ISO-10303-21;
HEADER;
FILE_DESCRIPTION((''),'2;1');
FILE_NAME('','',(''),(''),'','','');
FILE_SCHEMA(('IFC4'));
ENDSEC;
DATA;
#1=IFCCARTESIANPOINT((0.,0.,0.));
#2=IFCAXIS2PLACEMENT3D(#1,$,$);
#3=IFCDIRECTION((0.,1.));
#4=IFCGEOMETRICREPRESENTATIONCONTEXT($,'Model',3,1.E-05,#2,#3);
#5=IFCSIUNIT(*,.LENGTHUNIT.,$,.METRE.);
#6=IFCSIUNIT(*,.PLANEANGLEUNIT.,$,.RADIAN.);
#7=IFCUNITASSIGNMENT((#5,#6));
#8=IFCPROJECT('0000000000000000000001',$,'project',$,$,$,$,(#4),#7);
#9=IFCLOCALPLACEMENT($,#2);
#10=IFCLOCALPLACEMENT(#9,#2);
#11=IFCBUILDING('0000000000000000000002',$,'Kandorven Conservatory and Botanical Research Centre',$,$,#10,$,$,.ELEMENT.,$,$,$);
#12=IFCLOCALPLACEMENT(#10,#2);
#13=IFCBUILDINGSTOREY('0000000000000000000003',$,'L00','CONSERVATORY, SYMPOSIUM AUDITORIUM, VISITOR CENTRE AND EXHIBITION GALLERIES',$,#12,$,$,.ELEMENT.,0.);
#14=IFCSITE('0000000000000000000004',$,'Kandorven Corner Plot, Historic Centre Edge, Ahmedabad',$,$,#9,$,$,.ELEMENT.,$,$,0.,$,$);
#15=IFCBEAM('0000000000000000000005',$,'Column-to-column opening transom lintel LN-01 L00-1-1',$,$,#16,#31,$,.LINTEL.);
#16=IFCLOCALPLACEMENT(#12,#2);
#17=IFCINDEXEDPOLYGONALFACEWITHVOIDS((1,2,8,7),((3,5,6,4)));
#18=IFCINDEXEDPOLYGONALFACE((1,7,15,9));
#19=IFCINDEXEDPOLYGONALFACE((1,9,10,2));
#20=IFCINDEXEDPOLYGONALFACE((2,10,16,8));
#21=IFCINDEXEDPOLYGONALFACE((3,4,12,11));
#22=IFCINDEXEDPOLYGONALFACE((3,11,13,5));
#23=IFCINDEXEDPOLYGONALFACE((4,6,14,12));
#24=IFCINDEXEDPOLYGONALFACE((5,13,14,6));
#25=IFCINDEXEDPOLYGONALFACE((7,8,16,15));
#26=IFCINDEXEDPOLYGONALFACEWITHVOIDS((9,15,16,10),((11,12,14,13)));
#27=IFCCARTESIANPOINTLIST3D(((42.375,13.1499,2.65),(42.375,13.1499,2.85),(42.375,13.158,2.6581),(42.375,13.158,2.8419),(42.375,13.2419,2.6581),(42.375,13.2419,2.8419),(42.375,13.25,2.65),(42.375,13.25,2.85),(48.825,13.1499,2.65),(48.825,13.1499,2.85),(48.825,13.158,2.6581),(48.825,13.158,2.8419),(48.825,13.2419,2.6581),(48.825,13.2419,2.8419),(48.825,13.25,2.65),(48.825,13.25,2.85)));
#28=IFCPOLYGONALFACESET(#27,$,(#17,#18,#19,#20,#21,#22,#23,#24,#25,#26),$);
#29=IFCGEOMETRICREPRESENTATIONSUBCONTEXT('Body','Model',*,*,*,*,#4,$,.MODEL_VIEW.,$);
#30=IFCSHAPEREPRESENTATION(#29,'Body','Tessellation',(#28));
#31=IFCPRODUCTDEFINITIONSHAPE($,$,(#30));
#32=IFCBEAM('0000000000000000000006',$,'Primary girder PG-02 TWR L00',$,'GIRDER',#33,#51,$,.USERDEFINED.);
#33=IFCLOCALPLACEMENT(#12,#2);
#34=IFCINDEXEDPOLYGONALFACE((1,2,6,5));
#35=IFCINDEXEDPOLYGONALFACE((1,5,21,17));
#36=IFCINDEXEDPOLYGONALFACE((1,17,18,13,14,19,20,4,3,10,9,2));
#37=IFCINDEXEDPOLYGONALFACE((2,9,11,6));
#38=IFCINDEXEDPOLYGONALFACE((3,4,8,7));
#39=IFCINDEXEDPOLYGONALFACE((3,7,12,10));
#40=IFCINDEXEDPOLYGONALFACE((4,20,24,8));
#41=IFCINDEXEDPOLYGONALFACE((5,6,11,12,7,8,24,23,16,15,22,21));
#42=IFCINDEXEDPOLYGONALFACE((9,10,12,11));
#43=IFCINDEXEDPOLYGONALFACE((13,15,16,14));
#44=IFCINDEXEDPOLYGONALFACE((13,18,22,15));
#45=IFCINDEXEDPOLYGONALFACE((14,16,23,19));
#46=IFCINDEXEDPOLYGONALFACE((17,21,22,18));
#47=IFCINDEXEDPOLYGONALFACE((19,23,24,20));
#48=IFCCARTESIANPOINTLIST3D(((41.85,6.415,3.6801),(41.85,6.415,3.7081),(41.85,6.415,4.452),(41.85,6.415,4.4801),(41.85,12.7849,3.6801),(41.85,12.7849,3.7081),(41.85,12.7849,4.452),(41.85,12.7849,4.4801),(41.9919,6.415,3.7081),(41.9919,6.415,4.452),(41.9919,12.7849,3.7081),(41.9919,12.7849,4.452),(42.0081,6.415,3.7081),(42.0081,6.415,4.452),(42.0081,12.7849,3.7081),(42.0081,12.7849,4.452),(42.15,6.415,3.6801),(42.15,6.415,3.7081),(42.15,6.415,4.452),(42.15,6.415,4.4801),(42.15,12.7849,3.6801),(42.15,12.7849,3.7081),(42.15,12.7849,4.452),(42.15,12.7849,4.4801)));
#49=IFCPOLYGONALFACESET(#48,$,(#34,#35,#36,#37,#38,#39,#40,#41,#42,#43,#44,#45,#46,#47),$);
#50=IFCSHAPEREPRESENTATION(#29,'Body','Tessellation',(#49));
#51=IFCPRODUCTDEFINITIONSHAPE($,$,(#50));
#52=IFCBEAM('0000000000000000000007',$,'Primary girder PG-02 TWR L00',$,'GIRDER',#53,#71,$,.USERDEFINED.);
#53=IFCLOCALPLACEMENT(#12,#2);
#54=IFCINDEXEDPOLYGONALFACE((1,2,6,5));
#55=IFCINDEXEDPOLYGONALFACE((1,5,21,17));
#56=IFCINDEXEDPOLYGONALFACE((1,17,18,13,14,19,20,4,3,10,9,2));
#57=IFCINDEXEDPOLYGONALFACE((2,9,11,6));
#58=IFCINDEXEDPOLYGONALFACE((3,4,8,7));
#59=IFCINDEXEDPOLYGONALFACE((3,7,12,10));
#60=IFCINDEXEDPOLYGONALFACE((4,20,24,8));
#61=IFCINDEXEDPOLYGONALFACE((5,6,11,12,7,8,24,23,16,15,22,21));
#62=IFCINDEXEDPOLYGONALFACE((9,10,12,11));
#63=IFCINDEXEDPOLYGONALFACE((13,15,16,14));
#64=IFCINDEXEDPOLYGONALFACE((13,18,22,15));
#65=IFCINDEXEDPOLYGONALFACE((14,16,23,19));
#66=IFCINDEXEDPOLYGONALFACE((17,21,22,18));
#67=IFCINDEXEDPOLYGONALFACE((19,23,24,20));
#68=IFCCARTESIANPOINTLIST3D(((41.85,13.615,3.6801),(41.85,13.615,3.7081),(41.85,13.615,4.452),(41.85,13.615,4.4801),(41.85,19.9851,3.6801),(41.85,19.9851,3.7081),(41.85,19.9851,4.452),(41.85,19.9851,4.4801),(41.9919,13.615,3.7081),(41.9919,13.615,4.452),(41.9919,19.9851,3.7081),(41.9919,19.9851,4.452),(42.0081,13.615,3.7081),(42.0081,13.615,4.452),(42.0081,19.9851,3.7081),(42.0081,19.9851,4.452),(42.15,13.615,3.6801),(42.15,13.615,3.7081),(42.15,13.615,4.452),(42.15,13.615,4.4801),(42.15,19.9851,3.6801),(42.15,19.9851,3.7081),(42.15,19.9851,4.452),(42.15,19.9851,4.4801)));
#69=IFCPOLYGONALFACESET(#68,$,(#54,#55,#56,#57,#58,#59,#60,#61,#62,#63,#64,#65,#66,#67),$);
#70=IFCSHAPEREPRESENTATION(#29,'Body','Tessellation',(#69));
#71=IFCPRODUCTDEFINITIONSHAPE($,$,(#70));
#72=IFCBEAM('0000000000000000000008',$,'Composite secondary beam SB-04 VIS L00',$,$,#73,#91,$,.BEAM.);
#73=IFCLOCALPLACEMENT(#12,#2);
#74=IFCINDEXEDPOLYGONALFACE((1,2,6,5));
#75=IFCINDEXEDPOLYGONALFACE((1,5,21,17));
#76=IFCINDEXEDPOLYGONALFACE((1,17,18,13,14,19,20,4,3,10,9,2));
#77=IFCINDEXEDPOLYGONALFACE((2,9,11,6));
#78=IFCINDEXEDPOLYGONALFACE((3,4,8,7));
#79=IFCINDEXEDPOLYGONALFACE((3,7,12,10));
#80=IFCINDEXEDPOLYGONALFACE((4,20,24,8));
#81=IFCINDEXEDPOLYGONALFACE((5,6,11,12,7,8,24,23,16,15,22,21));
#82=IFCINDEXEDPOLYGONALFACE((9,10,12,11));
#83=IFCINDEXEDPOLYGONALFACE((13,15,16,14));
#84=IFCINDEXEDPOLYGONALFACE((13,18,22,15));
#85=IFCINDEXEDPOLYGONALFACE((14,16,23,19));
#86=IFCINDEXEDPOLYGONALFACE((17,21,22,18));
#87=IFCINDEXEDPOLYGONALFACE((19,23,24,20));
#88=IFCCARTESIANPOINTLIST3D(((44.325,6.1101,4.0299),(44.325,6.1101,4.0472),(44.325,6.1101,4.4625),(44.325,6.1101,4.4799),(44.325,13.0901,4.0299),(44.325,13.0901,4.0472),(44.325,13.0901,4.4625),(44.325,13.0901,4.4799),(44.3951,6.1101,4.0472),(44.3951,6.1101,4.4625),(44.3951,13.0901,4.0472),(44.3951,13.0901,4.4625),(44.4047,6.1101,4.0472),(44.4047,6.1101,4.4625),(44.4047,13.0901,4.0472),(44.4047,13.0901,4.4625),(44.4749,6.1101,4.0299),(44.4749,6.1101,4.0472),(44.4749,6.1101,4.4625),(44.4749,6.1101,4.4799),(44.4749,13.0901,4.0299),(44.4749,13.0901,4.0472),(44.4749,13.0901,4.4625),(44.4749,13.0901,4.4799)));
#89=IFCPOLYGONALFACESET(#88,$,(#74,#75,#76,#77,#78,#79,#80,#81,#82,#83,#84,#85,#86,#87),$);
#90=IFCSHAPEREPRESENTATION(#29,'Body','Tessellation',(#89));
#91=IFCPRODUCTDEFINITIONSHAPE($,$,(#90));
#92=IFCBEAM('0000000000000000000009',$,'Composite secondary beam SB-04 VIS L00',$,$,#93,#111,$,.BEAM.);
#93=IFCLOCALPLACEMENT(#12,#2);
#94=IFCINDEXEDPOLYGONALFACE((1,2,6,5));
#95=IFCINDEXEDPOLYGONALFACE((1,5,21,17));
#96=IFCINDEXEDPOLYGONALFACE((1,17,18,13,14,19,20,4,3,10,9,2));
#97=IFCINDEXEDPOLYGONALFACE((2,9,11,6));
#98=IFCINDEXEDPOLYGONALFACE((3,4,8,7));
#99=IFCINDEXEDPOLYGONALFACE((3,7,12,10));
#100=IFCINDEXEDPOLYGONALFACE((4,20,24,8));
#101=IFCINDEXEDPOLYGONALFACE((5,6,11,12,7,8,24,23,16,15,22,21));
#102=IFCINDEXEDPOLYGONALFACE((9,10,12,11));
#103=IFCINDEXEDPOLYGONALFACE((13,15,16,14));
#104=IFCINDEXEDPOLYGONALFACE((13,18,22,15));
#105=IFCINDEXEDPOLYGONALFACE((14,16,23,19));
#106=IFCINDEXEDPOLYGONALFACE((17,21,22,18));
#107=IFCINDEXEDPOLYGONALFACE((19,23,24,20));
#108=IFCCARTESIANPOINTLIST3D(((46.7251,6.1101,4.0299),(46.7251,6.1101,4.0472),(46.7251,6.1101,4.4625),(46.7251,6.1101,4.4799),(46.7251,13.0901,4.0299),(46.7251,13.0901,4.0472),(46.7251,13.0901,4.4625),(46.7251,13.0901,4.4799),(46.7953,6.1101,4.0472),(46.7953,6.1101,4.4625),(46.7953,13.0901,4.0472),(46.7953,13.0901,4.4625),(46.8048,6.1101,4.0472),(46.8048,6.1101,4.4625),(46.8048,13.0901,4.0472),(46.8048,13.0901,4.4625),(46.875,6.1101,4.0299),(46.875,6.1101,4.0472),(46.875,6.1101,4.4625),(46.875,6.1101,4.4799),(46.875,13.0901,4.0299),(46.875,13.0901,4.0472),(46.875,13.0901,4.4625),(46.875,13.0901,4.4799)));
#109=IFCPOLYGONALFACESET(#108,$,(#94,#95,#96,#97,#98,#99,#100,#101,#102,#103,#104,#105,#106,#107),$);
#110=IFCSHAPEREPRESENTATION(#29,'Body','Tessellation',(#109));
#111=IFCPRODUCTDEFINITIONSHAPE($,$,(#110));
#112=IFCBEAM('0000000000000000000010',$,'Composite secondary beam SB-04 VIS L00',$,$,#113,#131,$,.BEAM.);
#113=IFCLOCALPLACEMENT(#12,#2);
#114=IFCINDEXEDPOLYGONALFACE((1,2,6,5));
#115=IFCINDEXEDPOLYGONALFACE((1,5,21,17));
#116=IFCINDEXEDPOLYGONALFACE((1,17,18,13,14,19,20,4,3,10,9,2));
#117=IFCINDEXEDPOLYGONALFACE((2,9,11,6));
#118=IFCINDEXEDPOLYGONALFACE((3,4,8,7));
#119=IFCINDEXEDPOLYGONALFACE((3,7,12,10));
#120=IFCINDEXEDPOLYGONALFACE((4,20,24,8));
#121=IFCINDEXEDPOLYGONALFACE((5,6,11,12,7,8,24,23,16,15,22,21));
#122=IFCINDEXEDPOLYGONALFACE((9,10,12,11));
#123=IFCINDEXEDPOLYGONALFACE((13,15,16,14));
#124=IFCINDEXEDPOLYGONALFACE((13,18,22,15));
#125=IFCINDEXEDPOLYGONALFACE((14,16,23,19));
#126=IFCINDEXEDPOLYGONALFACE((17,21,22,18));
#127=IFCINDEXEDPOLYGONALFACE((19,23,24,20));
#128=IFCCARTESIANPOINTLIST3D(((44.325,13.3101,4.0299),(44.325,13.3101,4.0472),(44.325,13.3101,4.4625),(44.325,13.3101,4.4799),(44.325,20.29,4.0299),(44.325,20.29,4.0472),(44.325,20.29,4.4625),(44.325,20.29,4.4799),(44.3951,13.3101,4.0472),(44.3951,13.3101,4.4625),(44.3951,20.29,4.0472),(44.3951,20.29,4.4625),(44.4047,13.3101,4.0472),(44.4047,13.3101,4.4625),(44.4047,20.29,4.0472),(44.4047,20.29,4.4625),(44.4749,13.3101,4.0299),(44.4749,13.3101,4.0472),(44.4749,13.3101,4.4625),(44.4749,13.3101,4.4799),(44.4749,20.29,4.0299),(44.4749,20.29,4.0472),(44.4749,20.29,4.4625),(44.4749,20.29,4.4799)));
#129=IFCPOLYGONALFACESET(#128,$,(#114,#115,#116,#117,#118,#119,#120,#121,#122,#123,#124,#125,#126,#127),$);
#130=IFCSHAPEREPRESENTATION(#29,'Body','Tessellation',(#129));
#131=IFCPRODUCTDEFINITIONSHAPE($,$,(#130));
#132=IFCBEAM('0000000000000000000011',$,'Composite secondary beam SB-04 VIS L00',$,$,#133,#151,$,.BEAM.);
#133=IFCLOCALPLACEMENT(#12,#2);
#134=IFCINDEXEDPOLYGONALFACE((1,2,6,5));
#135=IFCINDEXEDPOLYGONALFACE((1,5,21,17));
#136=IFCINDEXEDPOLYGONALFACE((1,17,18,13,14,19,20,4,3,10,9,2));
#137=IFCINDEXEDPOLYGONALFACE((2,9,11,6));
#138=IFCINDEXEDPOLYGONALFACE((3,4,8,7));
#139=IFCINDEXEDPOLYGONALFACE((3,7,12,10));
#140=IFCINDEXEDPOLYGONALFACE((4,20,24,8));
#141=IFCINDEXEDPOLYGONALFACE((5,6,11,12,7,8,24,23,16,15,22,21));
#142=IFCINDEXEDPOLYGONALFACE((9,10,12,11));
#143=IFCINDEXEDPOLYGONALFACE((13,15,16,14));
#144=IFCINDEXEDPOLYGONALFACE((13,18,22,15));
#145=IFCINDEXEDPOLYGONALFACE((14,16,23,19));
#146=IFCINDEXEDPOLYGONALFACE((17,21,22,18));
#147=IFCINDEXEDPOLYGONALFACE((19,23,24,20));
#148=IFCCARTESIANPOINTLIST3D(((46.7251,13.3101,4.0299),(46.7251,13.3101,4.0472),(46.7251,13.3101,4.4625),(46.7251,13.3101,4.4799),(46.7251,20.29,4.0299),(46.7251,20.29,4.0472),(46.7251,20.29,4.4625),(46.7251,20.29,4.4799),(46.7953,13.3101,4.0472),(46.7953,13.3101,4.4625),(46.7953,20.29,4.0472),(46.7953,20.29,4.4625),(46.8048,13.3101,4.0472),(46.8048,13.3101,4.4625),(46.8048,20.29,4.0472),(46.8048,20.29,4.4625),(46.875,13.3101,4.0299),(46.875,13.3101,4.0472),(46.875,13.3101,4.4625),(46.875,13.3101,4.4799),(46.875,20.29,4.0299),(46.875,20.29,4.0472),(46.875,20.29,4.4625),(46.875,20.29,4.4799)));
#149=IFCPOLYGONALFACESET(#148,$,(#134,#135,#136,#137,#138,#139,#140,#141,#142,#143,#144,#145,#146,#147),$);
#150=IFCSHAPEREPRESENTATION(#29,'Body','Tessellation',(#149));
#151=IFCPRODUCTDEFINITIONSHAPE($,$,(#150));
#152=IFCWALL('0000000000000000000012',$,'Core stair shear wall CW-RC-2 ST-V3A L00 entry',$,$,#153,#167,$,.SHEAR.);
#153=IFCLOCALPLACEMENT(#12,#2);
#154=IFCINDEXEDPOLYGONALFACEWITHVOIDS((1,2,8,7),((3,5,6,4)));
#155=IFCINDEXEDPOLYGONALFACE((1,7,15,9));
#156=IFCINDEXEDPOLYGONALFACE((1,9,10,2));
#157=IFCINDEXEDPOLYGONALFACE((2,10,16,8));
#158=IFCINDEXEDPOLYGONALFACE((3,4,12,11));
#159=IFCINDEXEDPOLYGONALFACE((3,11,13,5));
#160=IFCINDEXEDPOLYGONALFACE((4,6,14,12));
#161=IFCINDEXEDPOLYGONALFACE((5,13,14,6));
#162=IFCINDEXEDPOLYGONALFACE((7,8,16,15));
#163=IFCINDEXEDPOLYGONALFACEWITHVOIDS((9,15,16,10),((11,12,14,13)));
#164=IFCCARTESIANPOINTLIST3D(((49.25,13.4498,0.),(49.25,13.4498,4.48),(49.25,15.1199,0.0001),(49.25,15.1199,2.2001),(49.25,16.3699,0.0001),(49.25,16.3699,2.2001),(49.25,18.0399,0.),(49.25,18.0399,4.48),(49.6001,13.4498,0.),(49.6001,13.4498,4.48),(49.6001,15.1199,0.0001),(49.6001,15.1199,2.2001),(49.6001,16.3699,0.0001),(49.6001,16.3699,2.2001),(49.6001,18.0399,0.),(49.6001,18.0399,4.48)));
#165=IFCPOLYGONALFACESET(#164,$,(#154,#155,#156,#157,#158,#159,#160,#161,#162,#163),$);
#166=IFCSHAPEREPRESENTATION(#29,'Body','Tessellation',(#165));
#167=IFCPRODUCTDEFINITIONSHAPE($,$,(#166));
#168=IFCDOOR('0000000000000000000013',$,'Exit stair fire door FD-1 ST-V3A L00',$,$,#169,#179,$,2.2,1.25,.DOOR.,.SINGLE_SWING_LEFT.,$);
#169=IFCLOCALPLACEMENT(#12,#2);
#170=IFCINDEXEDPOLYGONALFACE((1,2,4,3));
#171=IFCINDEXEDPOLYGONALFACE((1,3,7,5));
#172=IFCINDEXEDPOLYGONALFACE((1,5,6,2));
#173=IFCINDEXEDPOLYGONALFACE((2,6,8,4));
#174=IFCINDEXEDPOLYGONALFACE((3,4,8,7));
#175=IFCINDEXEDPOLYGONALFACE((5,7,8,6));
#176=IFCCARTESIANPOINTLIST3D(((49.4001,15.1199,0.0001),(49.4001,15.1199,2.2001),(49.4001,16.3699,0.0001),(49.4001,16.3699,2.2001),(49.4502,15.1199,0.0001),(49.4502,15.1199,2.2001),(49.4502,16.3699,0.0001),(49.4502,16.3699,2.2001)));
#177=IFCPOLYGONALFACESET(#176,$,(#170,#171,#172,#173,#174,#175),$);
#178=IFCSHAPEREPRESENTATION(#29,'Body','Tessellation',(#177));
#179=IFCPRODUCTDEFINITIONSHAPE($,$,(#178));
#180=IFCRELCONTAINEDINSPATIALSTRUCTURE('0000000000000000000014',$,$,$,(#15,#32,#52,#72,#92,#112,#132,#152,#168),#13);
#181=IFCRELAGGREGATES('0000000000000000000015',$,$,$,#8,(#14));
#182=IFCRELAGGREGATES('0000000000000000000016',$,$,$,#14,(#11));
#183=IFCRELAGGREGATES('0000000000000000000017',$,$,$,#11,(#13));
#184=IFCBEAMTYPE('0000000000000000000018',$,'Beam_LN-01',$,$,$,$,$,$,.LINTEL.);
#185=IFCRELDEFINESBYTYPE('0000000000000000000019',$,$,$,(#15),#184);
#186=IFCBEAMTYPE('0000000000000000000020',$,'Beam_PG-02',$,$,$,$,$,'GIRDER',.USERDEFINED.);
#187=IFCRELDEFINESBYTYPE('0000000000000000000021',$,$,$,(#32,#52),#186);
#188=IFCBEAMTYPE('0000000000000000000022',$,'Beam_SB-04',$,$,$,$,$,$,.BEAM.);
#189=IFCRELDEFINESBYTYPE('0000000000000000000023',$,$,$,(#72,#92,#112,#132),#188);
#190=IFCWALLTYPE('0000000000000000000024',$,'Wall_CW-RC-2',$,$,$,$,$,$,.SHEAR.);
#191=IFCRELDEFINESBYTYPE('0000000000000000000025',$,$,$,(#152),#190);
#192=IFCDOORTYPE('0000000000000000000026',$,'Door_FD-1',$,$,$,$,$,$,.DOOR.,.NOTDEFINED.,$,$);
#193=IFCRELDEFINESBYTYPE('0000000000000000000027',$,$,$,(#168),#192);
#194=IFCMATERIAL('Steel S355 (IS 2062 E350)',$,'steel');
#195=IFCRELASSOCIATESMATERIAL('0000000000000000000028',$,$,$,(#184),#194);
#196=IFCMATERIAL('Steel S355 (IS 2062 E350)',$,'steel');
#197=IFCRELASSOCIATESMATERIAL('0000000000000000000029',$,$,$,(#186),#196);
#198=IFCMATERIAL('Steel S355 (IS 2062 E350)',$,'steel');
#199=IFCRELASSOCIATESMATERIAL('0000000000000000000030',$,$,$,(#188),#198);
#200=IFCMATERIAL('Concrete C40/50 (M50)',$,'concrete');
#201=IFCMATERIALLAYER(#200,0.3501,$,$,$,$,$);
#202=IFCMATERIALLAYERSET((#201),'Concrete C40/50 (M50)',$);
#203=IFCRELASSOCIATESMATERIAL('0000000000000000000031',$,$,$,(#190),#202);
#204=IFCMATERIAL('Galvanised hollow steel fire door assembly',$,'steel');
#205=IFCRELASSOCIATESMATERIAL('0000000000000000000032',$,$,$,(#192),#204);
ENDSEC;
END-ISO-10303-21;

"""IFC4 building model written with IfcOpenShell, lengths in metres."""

from ifc_helpers import new_model, si_unit, direction, frame, frame_2d, origin, origin_2d, place, context, subcontext, project, spatial, rectangle, hollow_rectangle, i_section, extrude, material, layer, layer_set, material_profile, profile_set, type_object, element, fill, save


model = new_model("IFC4")

# Units and contexts
model_context = context("Model", 3, precision=1e-05, world=origin(), true_north=direction((0.0, 1.0)))
body_context = subcontext(model_context, "Body", "Model", "MODEL_VIEW")
ifc_project = project(units=[si_unit("LENGTHUNIT", "METRE"), si_unit("PLANEANGLEUNIT", "RADIAN")], contexts=[model_context])

# Site, building, storey
site_placement = place(None, origin())
site = spatial("IfcSite", under=ifc_project, at=site_placement, Name="Kandorven Corner Plot, Historic Centre Edge, Ahmedabad", CompositionType="ELEMENT", RefElevation=0.0)
building_placement = place(site_placement, origin())
building = spatial("IfcBuilding", under=site, at=building_placement, Name="Kandorven Conservatory and Botanical Research Centre", CompositionType="ELEMENT")
storey_placement = place(building_placement, origin())
storey = spatial("IfcBuildingStorey", under=building, at=storey_placement, Name="L00", Description="CONSERVATORY, SYMPOSIUM AUDITORIUM, VISITOR CENTRE AND EXHIBITION GALLERIES", CompositionType="ELEMENT", Elevation=0.0)

# Beams
ifc_material_1 = material(Name="Steel S355 (IS 2062 E350)", Category="steel")
ifc_material_profile_1 = material_profile(ifc_material_1, hollow_rectangle(XDim=0.1001, YDim=0.2, WallThickness=0.0081, at=origin_2d()))
ifc_profile_set_1 = profile_set([ifc_material_profile_1], Name="Steel S355 (IS 2062 E350)")
beam_type_1 = type_object("IfcBeamType", Name="Beam_LN-01", PredefinedType="LINTEL", material=ifc_profile_set_1)
beam_1_placement = place(storey_placement, frame((42.375, 13.2, 2.75), z_axis=(1.0, 0.0, 0.0), x_axis=(0.0, 1.0, 0.0)))
element("IfcBeam", 1, at=beam_1_placement, inside=storey, type_object=beam_type_1, Name="Column-to-column opening transom lintel LN-01 L00-1-1", PredefinedType="LINTEL", context=body_context, shape_type="SweptSolid", body=[
    extrude(hollow_rectangle(XDim=0.1001, YDim=0.2, WallThickness=0.0081, at=origin_2d()), origin(), (0.0, 0.0, 1.0), 6.45),
])
ifc_material_2 = material(Name="Steel S355 (IS 2062 E350)", Category="steel")
ifc_material_profile_2 = material_profile(ifc_material_2, i_section(OverallWidth=0.3, OverallDepth=0.8, WebThickness=0.0161, FlangeThickness=0.0281, at=origin_2d()))
ifc_profile_set_2 = profile_set([ifc_material_profile_2], Name="Steel S355 (IS 2062 E350)")
beam_type_2 = type_object("IfcBeamType", Name="Beam_PG-02", ElementType="GIRDER", PredefinedType="USERDEFINED", material=ifc_profile_set_2)
beam_2_placement = place(storey_placement, frame((42.0, 6.415, 4.0801), z_axis=(0.0, 1.0, 0.0), x_axis=(-1.0, 0.0, 0.0)))
element("IfcBeam", 2, at=beam_2_placement, inside=storey, type_object=beam_type_2, Name="Primary girder PG-02 TWR L00", ObjectType="GIRDER", PredefinedType="USERDEFINED", context=body_context, shape_type="SweptSolid", body=[
    extrude(i_section(OverallWidth=0.3, OverallDepth=0.8, WebThickness=0.0161, FlangeThickness=0.0281, at=origin_2d()), origin(), (0.0, 0.0, 1.0), 6.3699),
])
beam_3_placement = place(storey_placement, frame((42.0, 13.615, 4.0801), z_axis=(0.0, 1.0, 0.0), x_axis=(-1.0, 0.0, 0.0)))
element("IfcBeam", 3, at=beam_3_placement, inside=storey, type_object=beam_type_2, Name="Primary girder PG-02 TWR L00", ObjectType="GIRDER", PredefinedType="USERDEFINED", context=body_context, shape_type="SweptSolid", body=[
    extrude(i_section(OverallWidth=0.3, OverallDepth=0.8, WebThickness=0.0161, FlangeThickness=0.0281, at=origin_2d()), origin(), (0.0, 0.0, 1.0), 6.3701),
])
ifc_material_3 = material(Name="Steel S355 (IS 2062 E350)", Category="steel")
ifc_material_profile_3 = material_profile(ifc_material_3, i_section(OverallWidth=0.1499, OverallDepth=0.45, WebThickness=0.0095, FlangeThickness=0.0173, at=origin_2d()))
ifc_profile_set_3 = profile_set([ifc_material_profile_3], Name="Steel S355 (IS 2062 E350)")
beam_type_3 = type_object("IfcBeamType", Name="Beam_SB-04", PredefinedType="BEAM", material=ifc_profile_set_3)
for number, where, z_axis, x_axis, name in (
    (4, (44.3999, 6.1101, 4.2549), (0.0, 1.0, 0.0), (-1.0, 0.0, 0.0), "Composite secondary beam SB-04 VIS L00"),
    (5, (46.8, 6.1101, 4.2549), (0.0, 1.0, 0.0), (-1.0, 0.0, 0.0), "Composite secondary beam SB-04 VIS L00"),
    (6, (44.3999, 13.3101, 4.2549), (0.0, 1.0, 0.0), (-1.0, 0.0, 0.0), "Composite secondary beam SB-04 VIS L00"),
    (7, (46.8, 13.3101, 4.2549), (0.0, 1.0, 0.0), (-1.0, 0.0, 0.0), "Composite secondary beam SB-04 VIS L00"),
):
    element("IfcBeam", number, at=place(storey_placement, frame(where, z_axis=z_axis, x_axis=x_axis)), inside=storey, type_object=beam_type_3, Name=name, PredefinedType="BEAM", context=body_context, shape_type="SweptSolid", body=[
        extrude(i_section(OverallWidth=0.1499, OverallDepth=0.45, WebThickness=0.0095, FlangeThickness=0.0173, at=origin_2d()), origin(), (0.0, 0.0, 1.0), 6.98),
    ])

# Wall, opening, door
ifc_material_4 = material(Name="Concrete C40/50 (M50)", Category="concrete")
ifc_layer_1 = layer(ifc_material_4, 0.3501)
ifc_layer_set_1 = layer_set([ifc_layer_1], Name="Concrete C40/50 (M50)")
wall_type_1 = type_object("IfcWallType", Name="Wall_CW-RC-2", PredefinedType="SHEAR", material=ifc_layer_set_1)
wall_1_placement = place(storey_placement, frame((49.425, 13.45, 0.0), z_axis=(0.0, 0.0, 1.0), x_axis=(0.0, 1.0, 0.0)))
wall_1 = element("IfcWall", 8, at=wall_1_placement, inside=storey, type_object=wall_type_1, Name="Core stair shear wall CW-RC-2 ST-V3A L00 entry", PredefinedType="SHEAR", context=body_context, shape_type="SweptSolid", body=[
    extrude(rectangle(XDim=4.5901, YDim=0.3501, at=frame_2d((2.2949, 0.0))), origin(), (0.0, 0.0, 1.0), 4.48),
])
opening_1_placement = place(wall_1_placement, frame((1.6699, 0.0, 0.0)))
opening_1 = element("IfcOpeningElement", 9, at=opening_1_placement, cuts=wall_1, PredefinedType="OPENING", context=body_context, shape_type="SweptSolid", body=[
    extrude(rectangle(XDim=1.25, YDim=2.2, at=frame_2d((0.625, 1.1001))), frame((0.0, 0.1851, 0.0), z_axis=(0.0, -1.0, 0.0), x_axis=(1.0, 0.0, 0.0)), (0.0, 0.0, 1.0), 0.3701),
])
ifc_material_5 = material(Name="Galvanised hollow steel fire door assembly", Category="steel")
door_type_1 = type_object("IfcDoorType", Name="Door_FD-1", OperationType="NOTDEFINED", PredefinedType="DOOR", material=ifc_material_5)
door_1_placement = place(opening_1_placement, origin())
door_1 = element("IfcDoor", 10, at=door_1_placement, inside=storey, type_object=door_type_1, Name="Exit stair fire door FD-1 ST-V3A L00", OperationType="SINGLE_SWING_LEFT", OverallHeight=2.2, OverallWidth=1.25, PredefinedType="DOOR", context=body_context, shape_type="SweptSolid", body=[
    extrude(rectangle(XDim=1.25, YDim=2.2, at=frame_2d((0.625, 1.1001))), frame((0.0, 0.0249, 0.0), z_axis=(0.0, -1.0, 0.0), x_axis=(1.0, 0.0, 0.0)), (0.0, 0.0, 1.0), 0.05),
])
fill(opening_1, door_1)

save(model, "model.ifc")
